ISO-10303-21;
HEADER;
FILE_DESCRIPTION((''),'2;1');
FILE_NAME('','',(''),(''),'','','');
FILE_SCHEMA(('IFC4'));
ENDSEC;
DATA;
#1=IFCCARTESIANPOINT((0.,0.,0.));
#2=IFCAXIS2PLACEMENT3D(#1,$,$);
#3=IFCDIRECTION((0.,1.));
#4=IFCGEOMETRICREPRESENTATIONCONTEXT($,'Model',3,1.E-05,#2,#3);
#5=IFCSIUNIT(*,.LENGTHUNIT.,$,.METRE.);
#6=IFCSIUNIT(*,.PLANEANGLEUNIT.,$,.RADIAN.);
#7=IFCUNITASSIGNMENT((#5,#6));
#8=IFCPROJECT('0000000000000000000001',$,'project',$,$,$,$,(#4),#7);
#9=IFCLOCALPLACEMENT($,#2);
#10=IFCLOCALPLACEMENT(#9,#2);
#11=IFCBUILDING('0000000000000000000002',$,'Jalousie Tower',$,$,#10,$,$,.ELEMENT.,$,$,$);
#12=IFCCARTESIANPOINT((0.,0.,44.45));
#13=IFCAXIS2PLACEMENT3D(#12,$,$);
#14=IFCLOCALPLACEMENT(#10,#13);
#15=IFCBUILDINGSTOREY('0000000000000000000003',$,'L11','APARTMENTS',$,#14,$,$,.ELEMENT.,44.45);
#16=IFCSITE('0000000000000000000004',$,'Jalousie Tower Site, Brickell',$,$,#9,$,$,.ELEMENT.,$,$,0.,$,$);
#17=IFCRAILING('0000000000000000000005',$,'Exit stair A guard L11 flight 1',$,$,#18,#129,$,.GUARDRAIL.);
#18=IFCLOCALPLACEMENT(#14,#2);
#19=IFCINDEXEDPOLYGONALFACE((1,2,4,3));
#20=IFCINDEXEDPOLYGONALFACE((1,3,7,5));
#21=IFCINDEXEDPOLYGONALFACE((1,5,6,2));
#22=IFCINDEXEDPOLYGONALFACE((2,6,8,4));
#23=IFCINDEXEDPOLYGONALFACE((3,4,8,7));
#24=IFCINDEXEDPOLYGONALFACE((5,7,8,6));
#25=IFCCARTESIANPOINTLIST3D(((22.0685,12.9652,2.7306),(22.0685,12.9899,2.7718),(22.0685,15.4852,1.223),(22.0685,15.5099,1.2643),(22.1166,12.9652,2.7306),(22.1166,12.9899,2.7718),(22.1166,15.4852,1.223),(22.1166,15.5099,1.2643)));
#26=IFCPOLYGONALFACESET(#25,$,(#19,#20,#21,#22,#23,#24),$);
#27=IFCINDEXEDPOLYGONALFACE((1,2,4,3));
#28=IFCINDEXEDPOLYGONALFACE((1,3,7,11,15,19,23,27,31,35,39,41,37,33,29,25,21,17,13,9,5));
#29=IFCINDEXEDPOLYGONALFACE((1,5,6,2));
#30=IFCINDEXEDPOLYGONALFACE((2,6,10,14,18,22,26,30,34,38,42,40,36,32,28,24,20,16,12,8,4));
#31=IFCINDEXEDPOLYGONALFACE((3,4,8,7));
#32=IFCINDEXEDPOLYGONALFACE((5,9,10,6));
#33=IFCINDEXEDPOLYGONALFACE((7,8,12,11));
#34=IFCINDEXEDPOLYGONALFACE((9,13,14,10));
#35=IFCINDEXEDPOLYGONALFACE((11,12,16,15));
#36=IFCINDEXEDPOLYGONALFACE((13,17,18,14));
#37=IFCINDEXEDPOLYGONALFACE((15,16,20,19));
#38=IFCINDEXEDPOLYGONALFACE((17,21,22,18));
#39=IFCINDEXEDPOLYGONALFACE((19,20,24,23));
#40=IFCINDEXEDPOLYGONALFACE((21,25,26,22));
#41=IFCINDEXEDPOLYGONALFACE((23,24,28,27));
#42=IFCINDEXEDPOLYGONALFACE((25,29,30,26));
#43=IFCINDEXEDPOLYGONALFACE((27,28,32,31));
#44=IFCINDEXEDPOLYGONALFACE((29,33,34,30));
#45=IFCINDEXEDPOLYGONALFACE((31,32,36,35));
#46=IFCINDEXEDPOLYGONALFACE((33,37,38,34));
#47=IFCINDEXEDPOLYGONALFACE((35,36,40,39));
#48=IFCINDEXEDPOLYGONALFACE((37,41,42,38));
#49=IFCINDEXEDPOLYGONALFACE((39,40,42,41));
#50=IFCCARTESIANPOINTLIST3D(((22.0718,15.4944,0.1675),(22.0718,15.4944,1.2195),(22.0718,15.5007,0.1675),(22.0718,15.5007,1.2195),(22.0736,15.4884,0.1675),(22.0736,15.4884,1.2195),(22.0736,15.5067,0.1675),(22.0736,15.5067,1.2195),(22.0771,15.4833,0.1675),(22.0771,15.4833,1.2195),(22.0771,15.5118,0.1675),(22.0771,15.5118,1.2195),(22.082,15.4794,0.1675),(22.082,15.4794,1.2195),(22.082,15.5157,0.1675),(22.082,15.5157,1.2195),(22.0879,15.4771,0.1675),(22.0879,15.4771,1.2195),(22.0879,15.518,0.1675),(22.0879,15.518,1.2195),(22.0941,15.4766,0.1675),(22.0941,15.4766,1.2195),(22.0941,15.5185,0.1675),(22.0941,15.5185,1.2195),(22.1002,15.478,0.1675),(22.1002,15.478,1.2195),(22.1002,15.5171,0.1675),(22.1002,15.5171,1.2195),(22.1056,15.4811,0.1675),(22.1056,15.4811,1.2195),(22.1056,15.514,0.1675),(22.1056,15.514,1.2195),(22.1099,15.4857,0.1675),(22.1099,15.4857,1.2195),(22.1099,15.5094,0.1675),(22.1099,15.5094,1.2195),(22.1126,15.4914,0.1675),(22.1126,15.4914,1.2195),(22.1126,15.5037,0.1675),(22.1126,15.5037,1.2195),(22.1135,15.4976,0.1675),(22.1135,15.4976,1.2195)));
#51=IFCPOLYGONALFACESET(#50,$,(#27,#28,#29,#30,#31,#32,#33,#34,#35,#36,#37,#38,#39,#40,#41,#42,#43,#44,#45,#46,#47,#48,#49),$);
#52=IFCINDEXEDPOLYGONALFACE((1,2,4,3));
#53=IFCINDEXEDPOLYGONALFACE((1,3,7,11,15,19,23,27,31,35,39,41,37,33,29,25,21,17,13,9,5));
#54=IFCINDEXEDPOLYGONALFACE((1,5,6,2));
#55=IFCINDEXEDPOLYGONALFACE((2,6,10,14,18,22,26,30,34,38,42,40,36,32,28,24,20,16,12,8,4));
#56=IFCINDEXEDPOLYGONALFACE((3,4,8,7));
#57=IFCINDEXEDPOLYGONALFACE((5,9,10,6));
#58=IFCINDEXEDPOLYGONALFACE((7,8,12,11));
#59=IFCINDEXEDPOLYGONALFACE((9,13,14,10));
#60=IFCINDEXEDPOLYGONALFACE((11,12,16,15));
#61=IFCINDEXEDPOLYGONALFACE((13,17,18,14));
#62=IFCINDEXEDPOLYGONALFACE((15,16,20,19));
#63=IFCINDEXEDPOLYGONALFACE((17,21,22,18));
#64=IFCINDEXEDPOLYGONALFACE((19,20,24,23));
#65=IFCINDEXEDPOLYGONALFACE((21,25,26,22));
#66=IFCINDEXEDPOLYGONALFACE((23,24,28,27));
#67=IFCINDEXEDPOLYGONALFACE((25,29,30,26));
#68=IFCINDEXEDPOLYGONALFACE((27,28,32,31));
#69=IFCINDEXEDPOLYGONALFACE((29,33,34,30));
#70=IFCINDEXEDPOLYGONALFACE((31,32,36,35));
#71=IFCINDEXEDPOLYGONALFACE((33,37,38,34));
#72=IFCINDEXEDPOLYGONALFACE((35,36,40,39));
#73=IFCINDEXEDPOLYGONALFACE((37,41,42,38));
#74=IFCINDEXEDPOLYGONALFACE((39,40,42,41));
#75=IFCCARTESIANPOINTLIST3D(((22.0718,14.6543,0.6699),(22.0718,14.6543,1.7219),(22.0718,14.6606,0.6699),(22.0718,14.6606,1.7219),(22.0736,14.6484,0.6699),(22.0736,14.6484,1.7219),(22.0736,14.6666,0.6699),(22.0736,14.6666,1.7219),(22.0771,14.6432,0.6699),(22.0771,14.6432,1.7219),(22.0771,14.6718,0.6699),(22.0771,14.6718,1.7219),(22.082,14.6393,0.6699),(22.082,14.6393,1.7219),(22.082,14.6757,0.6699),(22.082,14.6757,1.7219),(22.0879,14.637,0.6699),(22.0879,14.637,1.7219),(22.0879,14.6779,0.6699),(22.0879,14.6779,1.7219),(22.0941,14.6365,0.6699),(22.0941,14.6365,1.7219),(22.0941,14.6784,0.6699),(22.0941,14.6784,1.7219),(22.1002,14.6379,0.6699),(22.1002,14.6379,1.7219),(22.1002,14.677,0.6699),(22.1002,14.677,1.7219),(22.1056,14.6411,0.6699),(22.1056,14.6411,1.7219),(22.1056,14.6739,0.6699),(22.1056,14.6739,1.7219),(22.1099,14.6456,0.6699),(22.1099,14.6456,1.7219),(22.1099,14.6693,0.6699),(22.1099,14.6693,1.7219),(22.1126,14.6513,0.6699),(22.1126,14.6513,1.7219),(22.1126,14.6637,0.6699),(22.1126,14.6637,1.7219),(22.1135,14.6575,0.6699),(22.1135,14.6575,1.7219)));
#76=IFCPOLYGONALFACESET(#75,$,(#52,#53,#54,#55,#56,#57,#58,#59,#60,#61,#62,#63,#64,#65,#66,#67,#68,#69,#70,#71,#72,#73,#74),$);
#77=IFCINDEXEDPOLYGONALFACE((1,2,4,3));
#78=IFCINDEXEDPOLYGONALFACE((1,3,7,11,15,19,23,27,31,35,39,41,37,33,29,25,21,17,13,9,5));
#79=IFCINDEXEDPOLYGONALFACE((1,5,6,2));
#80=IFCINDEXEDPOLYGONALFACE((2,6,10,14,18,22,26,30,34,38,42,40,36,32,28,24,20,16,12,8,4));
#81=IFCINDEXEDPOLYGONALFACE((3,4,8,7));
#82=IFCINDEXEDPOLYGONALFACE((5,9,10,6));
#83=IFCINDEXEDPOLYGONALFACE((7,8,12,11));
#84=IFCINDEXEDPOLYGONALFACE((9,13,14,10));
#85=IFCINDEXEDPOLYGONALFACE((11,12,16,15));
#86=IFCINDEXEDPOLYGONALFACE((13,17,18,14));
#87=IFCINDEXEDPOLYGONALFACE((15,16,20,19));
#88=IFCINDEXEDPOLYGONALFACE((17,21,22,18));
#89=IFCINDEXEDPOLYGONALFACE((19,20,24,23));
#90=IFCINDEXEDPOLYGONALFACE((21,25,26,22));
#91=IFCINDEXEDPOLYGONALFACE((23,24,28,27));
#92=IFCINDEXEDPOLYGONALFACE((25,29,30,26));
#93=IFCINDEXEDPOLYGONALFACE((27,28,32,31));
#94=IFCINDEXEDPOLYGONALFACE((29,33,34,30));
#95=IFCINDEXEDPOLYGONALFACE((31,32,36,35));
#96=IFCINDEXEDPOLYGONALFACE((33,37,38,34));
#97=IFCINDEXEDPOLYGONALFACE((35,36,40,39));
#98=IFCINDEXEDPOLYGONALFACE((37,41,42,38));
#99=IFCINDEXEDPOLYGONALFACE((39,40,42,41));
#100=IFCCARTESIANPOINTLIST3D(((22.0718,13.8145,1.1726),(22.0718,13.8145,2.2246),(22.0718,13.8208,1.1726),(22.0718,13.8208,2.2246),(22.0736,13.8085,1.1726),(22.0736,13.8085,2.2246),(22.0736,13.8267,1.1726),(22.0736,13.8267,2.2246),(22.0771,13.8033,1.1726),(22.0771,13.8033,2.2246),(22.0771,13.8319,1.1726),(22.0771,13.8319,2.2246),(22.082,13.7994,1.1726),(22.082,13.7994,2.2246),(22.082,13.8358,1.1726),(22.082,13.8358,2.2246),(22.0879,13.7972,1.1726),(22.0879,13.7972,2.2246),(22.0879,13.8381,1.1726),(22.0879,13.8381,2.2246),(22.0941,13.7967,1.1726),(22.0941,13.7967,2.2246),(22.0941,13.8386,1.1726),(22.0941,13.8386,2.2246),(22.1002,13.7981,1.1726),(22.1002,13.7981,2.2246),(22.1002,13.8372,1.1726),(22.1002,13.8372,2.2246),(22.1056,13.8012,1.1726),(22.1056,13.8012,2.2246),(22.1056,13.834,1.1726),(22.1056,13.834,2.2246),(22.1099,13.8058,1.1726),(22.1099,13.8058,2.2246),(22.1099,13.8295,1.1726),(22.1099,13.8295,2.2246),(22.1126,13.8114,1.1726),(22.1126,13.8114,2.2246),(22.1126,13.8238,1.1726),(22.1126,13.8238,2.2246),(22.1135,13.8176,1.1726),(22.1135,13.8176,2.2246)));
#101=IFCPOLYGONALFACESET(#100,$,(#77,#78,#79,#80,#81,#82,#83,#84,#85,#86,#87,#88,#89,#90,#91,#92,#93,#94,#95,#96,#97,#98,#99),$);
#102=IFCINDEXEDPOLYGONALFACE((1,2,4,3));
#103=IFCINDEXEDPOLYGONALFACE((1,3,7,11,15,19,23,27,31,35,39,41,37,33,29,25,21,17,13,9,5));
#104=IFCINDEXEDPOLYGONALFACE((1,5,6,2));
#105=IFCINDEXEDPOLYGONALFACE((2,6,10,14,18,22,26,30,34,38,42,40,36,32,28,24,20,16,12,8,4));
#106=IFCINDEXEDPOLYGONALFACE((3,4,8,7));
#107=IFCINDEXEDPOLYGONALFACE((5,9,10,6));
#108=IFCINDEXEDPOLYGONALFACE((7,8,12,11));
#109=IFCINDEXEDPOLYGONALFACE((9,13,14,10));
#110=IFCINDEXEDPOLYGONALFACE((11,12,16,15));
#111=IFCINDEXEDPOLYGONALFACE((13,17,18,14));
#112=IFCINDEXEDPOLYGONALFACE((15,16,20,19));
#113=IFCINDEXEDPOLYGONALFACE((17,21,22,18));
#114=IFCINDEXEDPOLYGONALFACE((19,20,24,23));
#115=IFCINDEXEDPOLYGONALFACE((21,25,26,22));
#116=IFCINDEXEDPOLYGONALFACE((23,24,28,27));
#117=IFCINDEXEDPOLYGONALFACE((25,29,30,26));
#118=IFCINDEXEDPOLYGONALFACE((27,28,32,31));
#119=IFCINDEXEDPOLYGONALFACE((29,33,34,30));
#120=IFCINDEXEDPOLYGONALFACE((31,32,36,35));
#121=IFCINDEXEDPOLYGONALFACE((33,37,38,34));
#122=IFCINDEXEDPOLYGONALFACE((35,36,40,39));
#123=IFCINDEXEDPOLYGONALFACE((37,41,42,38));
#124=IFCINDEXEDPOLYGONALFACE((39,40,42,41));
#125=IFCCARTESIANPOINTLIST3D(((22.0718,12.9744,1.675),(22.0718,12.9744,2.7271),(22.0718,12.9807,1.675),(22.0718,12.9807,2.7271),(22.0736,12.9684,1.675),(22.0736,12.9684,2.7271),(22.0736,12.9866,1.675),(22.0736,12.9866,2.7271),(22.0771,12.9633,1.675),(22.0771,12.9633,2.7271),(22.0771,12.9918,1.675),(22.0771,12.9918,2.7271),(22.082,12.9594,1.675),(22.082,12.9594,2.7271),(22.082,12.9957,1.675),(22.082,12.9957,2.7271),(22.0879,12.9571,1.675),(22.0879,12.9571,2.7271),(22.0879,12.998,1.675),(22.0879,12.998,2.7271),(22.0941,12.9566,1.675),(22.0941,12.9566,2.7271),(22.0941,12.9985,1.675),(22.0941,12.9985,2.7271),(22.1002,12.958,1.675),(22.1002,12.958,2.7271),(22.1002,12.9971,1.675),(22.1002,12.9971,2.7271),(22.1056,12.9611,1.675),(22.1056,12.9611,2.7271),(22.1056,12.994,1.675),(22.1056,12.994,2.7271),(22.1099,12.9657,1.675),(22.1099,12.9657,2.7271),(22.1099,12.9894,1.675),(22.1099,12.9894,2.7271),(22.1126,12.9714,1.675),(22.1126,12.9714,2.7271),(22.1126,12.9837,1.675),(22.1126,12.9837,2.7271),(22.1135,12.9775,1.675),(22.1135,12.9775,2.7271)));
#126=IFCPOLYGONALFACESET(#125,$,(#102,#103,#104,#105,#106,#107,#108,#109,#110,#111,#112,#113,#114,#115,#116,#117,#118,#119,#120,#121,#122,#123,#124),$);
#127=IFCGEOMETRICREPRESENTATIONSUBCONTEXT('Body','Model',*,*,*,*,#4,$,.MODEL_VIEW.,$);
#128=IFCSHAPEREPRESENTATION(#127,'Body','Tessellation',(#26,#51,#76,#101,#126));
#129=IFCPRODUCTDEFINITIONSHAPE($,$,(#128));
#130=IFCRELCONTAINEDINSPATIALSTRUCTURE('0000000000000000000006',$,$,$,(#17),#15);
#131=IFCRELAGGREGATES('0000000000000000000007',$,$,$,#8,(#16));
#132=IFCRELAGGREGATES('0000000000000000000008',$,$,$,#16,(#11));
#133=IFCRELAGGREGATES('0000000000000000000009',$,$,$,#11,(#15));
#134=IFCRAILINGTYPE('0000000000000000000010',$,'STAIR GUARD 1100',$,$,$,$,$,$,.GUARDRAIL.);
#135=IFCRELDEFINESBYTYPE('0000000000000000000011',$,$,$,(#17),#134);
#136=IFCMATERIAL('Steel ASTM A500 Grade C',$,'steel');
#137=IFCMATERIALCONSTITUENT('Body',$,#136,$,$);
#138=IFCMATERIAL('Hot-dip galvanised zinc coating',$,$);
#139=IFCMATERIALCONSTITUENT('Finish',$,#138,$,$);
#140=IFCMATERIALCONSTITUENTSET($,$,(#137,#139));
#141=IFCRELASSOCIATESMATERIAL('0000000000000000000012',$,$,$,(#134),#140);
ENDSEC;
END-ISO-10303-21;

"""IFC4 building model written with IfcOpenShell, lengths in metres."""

from ifc_helpers import new_model, si_unit, direction, frame, origin, origin_2d, place, context, subcontext, project, spatial, rectangle, circle, extrude, material, constituent, constituent_set, type_object, element, save


model = new_model("IFC4")

# Units and contexts
model_context = context("Model", 3, precision=1e-05, world=origin(), true_north=direction((0.0, 1.0)))
body_context = subcontext(model_context, "Body", "Model", "MODEL_VIEW")
ifc_project = project(units=[si_unit("LENGTHUNIT", "METRE"), si_unit("PLANEANGLEUNIT", "RADIAN")], contexts=[model_context])

# Site, building, storey
site_placement = place(None, origin())
site = spatial("IfcSite", under=ifc_project, at=site_placement, Name="Jalousie Tower Site, Brickell", CompositionType="ELEMENT", RefElevation=0.0)
building_placement = place(site_placement, origin())
building = spatial("IfcBuilding", under=site, at=building_placement, Name="Jalousie Tower", CompositionType="ELEMENT")
storey_placement = place(building_placement, frame((0.0, 0.0, 44.45)))
storey = spatial("IfcBuildingStorey", under=building, at=storey_placement, Name="L11", Description="APARTMENTS", CompositionType="ELEMENT", Elevation=44.45)

# Railing
ifc_material_1 = material(Name="Steel ASTM A500 Grade C", Category="steel")
ifc_constituent_1 = constituent(ifc_material_1, Name="Body")
ifc_material_2 = material(Name="Hot-dip galvanised zinc coating")
ifc_constituent_2 = constituent(ifc_material_2, Name="Finish")
ifc_constituent_set_1 = constituent_set(constituents=[ifc_constituent_1, ifc_constituent_2])
railing_type_1 = type_object("IfcRailingType", Name="STAIR GUARD 1100", PredefinedType="GUARDRAIL", material=ifc_constituent_set_1)
railing_1_placement = place(storey_placement, frame((22.0925, 15.4976, 0.1675)))
element("IfcRailing", 1, at=railing_1_placement, inside=storey, type_object=railing_type_1, Name="Exit stair A guard L11 flight 1", PredefinedType="GUARDRAIL", context=body_context, shape_type="SweptSolid", body=[
    extrude(rectangle(XDim=0.0481, YDim=0.0481, at=origin_2d()), frame((0.0, 0.0, 1.0762), z_axis=(0.0, -0.85816, 0.513383), x_axis=(1.0, 0.0, 0.0)), (0.0, 0.0, 1.0), 2.9365),
    extrude(circle(Radius=0.021, at=origin_2d()), origin(), (0.0, 0.0, 1.0), 1.052),
    extrude(circle(Radius=0.021, at=origin_2d()), frame((0.0, -0.8401, 0.5024)), (0.0, 0.0, 1.0), 1.052),
    extrude(circle(Radius=0.021, at=origin_2d()), frame((0.0, -1.6799, 1.0051)), (0.0, 0.0, 1.0), 1.052),
    extrude(circle(Radius=0.021, at=origin_2d()), frame((0.0, -2.52, 1.5076)), (0.0, 0.0, 1.0), 1.052),
])

save(model, "model.ifc")
